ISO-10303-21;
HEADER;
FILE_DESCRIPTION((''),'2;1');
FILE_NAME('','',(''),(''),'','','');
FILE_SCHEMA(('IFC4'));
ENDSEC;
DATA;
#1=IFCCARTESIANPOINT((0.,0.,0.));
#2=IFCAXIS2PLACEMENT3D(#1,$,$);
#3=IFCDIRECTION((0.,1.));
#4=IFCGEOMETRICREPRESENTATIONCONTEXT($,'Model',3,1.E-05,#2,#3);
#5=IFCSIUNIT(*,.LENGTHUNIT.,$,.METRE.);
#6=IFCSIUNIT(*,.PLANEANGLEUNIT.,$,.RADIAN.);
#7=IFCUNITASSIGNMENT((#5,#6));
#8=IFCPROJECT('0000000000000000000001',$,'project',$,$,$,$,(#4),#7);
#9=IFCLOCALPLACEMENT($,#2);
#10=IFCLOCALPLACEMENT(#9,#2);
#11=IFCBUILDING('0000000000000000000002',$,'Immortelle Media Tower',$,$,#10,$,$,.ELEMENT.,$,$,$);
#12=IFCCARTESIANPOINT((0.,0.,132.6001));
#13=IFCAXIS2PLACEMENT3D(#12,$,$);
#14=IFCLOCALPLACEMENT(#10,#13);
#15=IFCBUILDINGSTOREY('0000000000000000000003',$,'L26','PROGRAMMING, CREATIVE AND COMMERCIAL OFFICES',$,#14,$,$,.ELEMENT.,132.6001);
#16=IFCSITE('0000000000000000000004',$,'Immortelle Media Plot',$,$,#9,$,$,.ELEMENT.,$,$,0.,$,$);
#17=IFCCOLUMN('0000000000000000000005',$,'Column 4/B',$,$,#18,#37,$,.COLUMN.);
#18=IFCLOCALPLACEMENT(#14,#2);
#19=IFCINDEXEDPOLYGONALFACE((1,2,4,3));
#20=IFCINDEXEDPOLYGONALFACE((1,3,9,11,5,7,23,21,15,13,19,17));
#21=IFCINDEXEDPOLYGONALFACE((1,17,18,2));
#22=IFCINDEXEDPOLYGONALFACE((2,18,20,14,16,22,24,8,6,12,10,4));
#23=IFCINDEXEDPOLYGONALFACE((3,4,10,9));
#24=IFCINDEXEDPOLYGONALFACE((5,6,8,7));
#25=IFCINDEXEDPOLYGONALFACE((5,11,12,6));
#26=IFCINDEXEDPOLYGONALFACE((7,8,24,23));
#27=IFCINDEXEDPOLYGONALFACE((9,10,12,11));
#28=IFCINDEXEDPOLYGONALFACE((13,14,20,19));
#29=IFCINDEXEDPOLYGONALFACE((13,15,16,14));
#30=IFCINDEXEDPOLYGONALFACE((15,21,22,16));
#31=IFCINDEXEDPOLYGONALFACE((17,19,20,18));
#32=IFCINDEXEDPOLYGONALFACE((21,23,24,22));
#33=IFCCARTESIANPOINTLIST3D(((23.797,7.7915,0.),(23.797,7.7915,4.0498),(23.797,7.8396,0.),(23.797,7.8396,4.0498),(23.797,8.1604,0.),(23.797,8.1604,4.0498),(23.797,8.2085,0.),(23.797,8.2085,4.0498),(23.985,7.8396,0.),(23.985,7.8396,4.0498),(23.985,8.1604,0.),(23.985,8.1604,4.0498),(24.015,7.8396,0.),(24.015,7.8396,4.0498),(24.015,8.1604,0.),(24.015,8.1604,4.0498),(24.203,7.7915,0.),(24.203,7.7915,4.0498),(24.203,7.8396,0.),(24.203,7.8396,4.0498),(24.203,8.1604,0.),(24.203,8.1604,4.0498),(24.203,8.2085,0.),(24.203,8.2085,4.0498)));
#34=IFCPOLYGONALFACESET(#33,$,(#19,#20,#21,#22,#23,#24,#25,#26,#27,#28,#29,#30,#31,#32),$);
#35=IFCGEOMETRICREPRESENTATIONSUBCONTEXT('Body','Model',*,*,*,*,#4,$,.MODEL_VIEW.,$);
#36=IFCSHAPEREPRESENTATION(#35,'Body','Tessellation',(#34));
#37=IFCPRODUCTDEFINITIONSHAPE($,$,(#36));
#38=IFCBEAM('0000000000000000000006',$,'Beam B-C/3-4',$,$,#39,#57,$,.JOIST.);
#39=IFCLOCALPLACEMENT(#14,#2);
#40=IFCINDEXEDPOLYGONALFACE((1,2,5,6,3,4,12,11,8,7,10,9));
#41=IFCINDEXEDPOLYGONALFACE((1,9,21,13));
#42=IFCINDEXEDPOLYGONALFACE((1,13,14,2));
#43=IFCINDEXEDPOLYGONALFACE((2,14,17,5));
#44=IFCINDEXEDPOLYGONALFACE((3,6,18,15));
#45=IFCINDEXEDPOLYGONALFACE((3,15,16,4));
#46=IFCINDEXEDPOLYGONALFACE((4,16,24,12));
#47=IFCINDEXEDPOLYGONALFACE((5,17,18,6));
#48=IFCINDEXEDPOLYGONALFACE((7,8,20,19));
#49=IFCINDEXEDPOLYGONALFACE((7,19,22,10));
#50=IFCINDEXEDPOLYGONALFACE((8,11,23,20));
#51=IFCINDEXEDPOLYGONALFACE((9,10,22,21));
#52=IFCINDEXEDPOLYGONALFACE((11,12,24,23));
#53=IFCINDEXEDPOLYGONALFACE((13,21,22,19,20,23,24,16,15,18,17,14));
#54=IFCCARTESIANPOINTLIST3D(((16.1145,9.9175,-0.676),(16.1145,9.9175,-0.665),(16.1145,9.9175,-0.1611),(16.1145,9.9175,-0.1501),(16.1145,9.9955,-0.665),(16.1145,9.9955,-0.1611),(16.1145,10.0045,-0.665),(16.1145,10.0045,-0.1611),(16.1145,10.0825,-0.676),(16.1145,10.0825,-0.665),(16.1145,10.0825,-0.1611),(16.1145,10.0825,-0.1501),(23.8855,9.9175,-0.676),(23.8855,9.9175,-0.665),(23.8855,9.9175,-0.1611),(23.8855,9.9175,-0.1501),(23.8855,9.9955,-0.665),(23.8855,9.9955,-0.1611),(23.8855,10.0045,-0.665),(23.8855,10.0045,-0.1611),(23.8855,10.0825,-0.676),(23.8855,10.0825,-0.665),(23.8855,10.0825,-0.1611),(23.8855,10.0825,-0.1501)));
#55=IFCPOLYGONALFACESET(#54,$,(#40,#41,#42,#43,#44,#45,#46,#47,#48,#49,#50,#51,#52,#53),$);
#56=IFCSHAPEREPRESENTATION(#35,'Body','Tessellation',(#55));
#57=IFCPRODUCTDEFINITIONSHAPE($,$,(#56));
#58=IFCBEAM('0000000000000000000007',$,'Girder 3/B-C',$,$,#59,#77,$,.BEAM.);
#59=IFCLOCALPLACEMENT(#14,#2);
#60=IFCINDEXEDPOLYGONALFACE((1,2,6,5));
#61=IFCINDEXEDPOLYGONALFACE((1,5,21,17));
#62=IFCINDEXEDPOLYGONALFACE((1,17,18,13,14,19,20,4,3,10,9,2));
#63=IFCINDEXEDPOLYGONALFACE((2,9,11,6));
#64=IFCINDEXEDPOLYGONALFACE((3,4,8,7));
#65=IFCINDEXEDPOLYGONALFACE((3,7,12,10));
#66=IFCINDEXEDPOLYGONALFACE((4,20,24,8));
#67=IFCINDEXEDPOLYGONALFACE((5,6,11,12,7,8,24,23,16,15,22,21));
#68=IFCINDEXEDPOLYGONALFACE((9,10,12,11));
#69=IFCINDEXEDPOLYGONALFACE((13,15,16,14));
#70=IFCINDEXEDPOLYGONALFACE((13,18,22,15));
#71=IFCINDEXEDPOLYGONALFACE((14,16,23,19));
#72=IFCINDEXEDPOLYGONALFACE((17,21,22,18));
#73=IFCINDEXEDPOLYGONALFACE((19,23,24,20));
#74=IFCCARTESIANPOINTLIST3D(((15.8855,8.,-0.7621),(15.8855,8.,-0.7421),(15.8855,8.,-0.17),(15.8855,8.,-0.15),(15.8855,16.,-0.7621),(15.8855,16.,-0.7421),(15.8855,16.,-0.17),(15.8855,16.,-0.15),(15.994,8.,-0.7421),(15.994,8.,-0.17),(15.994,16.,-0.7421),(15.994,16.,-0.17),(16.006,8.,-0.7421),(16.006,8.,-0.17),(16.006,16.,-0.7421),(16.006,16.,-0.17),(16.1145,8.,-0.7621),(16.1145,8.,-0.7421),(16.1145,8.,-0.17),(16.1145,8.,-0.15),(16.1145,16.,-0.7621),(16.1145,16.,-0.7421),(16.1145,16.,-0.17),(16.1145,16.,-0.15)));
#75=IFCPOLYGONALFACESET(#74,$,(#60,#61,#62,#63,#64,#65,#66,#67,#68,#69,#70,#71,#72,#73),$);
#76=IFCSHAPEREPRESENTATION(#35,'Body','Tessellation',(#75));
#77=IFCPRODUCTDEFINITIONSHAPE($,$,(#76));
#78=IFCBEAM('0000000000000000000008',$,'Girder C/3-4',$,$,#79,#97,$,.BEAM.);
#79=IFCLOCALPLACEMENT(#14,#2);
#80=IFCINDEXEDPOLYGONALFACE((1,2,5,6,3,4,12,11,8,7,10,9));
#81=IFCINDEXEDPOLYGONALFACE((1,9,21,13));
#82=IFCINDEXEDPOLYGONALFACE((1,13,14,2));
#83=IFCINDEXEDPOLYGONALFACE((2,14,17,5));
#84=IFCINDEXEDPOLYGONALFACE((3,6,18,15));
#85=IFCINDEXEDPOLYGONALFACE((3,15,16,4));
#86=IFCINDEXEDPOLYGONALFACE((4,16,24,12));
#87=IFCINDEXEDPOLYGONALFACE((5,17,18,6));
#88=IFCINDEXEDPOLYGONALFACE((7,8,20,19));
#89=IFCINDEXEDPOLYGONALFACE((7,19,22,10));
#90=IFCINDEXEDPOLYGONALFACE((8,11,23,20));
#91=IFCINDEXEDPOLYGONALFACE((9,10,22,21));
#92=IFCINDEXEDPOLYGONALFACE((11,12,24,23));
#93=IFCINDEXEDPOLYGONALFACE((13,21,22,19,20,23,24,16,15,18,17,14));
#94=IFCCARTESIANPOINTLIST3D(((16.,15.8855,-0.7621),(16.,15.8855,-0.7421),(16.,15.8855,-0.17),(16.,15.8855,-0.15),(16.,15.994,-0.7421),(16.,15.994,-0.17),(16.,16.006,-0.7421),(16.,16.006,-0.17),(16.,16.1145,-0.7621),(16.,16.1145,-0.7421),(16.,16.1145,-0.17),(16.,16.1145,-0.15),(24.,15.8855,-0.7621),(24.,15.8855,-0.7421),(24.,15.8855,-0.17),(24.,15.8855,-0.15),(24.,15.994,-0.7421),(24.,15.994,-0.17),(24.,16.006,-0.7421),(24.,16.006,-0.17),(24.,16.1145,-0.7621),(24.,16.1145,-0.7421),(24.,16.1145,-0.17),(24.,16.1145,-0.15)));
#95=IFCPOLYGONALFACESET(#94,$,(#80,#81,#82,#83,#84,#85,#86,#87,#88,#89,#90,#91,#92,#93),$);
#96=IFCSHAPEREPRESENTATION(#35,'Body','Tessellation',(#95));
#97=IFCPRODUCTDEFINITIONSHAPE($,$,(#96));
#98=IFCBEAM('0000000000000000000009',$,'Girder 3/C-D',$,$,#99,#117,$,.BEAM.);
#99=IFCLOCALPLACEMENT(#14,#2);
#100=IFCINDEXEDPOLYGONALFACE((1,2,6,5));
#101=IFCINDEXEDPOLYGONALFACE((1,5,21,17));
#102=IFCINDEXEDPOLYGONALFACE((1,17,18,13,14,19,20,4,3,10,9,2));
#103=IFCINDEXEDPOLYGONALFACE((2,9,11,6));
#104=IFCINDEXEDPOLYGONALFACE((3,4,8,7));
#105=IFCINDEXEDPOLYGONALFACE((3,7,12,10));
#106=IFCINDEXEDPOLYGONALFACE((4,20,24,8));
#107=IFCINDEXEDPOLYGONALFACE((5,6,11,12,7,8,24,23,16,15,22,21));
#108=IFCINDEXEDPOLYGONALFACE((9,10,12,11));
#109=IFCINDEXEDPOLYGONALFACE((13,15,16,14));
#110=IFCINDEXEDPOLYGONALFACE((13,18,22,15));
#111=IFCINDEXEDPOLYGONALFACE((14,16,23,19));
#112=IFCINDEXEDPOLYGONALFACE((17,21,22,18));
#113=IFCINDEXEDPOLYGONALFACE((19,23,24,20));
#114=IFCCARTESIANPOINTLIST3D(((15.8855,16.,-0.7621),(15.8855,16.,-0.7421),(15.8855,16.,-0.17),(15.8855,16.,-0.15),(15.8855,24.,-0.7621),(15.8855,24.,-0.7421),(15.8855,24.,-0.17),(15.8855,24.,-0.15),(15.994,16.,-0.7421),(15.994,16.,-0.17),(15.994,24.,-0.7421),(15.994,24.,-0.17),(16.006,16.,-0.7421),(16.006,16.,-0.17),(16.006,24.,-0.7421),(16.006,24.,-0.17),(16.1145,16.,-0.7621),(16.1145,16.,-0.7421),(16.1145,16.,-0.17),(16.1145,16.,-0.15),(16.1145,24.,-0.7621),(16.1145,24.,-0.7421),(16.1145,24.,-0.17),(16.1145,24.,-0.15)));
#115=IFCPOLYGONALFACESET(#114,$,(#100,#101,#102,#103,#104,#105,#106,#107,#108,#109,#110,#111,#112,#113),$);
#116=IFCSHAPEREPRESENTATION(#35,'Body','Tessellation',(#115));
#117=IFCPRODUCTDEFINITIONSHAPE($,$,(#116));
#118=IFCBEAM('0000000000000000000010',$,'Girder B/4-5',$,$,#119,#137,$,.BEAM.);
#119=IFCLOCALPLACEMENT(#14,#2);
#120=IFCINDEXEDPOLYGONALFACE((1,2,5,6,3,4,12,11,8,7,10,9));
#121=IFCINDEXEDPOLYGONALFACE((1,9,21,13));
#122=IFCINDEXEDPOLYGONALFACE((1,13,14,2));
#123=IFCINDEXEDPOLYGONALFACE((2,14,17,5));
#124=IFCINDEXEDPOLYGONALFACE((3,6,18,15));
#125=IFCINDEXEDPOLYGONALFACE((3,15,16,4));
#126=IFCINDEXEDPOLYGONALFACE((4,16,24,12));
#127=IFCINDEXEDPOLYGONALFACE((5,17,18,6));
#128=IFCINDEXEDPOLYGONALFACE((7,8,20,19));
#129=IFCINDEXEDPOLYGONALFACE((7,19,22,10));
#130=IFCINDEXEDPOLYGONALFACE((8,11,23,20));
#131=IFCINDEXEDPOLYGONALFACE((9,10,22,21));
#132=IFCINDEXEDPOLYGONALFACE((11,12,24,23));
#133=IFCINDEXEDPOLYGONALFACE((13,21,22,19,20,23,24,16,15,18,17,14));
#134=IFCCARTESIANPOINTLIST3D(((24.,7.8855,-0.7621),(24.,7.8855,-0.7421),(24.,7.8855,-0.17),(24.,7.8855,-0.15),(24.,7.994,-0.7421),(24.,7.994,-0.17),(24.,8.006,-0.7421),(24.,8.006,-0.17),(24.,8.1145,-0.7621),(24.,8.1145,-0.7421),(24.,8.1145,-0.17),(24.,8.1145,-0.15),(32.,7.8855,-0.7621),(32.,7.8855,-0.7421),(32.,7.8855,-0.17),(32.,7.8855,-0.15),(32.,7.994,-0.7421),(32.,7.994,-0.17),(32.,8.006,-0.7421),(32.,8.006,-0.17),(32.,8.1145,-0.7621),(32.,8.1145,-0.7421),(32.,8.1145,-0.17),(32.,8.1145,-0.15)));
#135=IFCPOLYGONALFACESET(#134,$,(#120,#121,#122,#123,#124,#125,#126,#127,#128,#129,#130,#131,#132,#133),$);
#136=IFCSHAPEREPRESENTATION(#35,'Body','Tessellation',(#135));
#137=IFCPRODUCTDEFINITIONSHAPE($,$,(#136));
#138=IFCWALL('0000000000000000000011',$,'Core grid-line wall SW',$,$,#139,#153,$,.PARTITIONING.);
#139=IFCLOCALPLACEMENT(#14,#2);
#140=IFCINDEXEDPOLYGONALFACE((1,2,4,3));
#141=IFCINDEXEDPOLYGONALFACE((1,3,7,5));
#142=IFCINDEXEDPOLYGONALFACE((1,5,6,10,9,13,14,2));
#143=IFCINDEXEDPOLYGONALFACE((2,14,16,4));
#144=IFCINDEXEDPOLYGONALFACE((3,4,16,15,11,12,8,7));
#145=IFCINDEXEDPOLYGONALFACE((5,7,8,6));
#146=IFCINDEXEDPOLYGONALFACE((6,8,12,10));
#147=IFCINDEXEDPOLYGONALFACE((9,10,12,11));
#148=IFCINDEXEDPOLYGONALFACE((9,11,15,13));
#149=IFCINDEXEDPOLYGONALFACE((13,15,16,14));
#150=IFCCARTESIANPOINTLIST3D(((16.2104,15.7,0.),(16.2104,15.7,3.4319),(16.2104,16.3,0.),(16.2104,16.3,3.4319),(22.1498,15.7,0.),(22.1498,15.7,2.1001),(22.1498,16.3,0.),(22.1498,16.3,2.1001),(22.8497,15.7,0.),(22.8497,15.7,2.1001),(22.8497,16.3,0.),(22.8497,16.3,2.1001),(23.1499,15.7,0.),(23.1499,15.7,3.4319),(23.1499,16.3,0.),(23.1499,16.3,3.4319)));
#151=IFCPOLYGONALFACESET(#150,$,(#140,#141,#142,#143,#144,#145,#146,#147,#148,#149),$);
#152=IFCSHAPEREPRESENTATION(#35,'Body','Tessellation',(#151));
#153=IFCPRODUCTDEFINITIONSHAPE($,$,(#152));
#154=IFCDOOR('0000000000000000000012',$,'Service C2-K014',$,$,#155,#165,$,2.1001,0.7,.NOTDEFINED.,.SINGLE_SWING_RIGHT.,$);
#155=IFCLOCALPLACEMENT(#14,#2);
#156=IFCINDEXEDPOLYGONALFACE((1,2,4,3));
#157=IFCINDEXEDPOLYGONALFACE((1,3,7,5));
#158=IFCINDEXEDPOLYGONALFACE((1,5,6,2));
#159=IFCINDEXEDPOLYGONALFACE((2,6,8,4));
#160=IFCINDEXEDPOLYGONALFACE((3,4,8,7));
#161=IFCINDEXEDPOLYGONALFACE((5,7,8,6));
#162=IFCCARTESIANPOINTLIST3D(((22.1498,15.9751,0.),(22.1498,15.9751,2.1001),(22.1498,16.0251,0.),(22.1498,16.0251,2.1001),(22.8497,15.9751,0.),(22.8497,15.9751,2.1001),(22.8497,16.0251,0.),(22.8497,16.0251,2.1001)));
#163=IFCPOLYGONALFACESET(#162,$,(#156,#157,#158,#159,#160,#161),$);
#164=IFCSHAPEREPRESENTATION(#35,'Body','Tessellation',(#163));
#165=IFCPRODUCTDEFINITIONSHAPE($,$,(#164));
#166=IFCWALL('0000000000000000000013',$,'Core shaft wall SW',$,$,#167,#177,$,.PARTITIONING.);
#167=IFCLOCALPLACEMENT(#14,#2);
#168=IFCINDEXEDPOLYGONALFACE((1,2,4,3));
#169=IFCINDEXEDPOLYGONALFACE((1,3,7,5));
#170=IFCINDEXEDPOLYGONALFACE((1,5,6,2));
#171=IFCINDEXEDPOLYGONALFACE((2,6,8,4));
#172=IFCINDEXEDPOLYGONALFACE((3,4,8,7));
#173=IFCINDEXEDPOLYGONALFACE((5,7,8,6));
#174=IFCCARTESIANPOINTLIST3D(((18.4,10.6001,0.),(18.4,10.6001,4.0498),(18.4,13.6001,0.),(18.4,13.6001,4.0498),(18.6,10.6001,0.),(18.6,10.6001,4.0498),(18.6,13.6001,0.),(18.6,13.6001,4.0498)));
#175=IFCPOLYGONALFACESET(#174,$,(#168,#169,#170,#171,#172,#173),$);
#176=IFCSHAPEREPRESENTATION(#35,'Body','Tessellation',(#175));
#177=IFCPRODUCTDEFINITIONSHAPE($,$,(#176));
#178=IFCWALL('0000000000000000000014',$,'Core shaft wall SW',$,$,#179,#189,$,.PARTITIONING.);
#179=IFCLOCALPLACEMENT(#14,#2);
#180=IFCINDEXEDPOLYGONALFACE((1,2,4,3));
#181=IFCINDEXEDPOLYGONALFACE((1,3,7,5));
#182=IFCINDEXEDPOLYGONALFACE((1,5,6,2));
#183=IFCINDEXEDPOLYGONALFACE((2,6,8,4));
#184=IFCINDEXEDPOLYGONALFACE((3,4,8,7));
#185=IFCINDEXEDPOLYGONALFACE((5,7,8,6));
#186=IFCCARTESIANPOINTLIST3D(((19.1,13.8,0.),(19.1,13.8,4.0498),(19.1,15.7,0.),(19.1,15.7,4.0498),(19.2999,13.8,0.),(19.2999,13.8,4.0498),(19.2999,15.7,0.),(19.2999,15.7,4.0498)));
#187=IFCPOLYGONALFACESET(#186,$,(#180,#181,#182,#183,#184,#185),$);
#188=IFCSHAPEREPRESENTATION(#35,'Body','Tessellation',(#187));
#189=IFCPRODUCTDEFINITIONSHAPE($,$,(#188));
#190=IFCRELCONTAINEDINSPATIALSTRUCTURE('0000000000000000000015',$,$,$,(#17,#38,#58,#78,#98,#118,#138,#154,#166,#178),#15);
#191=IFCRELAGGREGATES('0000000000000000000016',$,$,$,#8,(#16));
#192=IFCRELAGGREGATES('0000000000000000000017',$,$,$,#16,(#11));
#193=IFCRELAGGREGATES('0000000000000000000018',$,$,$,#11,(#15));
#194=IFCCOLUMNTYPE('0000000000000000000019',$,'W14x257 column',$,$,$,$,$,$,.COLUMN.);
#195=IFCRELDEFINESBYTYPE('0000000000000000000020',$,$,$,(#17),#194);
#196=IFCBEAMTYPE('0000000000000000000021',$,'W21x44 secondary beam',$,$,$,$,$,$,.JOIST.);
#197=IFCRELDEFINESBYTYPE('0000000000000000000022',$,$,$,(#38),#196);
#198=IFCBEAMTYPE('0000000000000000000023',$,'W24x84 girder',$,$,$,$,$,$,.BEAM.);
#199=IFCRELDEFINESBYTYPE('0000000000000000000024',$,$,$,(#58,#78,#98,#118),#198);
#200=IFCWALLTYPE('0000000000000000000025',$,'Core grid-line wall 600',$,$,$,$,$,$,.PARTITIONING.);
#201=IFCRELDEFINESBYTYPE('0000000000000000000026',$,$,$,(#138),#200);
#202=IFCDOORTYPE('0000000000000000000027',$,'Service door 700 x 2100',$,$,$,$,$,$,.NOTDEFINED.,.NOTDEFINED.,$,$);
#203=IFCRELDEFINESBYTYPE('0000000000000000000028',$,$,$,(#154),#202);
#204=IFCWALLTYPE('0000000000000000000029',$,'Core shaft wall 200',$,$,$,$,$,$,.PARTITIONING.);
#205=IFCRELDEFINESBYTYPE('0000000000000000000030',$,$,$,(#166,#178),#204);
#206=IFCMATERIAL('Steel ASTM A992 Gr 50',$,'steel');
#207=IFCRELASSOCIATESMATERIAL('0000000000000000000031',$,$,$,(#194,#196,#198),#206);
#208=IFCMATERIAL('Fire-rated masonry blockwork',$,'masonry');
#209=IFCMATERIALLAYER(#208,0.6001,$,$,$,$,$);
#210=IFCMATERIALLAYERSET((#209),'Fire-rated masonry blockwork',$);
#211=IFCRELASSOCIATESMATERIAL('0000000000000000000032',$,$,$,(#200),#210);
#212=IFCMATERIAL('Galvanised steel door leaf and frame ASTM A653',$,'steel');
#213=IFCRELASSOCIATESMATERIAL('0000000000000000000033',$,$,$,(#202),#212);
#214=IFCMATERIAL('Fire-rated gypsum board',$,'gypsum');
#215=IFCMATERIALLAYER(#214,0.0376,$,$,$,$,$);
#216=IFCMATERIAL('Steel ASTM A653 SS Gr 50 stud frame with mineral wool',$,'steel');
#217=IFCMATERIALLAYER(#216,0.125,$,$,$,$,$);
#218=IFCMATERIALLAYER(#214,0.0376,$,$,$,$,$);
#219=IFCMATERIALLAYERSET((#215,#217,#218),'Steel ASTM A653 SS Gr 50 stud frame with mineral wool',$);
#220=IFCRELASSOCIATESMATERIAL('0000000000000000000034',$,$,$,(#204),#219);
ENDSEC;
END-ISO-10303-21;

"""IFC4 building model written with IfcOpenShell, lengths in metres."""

from ifc_helpers import new_model, si_unit, direction, frame, frame_2d, origin, origin_2d, place, context, subcontext, project, spatial, rectangle, i_section, extrude, material, layer, layer_set, material_profile, profile_set, type_object, element, fill, save


model = new_model("IFC4")

# Units and contexts
model_context = context("Model", 3, precision=1e-05, world=origin(), true_north=direction((0.0, 1.0)))
body_context = subcontext(model_context, "Body", "Model", "MODEL_VIEW")
ifc_project = project(units=[si_unit("LENGTHUNIT", "METRE"), si_unit("PLANEANGLEUNIT", "RADIAN")], contexts=[model_context])

# Site, building, storey
site_placement = place(None, origin())
site = spatial("IfcSite", under=ifc_project, at=site_placement, Name="Immortelle Media Plot", CompositionType="ELEMENT", RefElevation=0.0)
building_placement = place(site_placement, origin())
building = spatial("IfcBuilding", under=site, at=building_placement, Name="Immortelle Media Tower", CompositionType="ELEMENT")
storey_placement = place(building_placement, frame((0.0, 0.0, 132.6001)))
storey = spatial("IfcBuildingStorey", under=building, at=storey_placement, Name="L26", Description="PROGRAMMING, CREATIVE AND COMMERCIAL OFFICES", CompositionType="ELEMENT", Elevation=132.6001)

# Column
ifc_material_1 = material(Name="Steel ASTM A992 Gr 50", Category="steel")
ifc_material_profile_1 = material_profile(ifc_material_1, i_section(OverallWidth=0.406, OverallDepth=0.417, WebThickness=0.03, FlangeThickness=0.0481, at=origin_2d()), Name="W14x257")
ifc_profile_set_1 = profile_set([ifc_material_profile_1], Name="Steel ASTM A992 Gr 50")
column_type = type_object("IfcColumnType", Name="W14x257 column", PredefinedType="COLUMN", material=ifc_profile_set_1)
column_placement = place(storey_placement, frame((24.0, 8.0, 0.0), z_axis=(0.0, 0.0, 1.0), x_axis=(1.0, 0.0, 0.0)))
element("IfcColumn", 1, at=column_placement, inside=storey, type_object=column_type, Name="Column 4/B", PredefinedType="COLUMN", context=body_context, shape_type="SweptSolid", body=[
    extrude(i_section(OverallWidth=0.406, OverallDepth=0.417, WebThickness=0.03, FlangeThickness=0.0481, at=origin_2d()), origin(), (0.0, 0.0, 1.0), 4.0498),
])

# Beams
ifc_material_profile_2 = material_profile(ifc_material_1, i_section(OverallWidth=0.165, OverallDepth=0.5259, WebThickness=0.009, FlangeThickness=0.011, at=origin_2d()), Name="W21x44")
ifc_profile_set_2 = profile_set([ifc_material_profile_2], Name="Steel ASTM A992 Gr 50")
beam_type_1 = type_object("IfcBeamType", Name="W21x44 secondary beam", PredefinedType="JOIST", material=ifc_profile_set_2)
beam_placement = place(storey_placement, frame((16.1145, 10.0, -0.4131), z_axis=(1.0, 0.0, 0.0), x_axis=(0.0, 1.0, 0.0)))
element("IfcBeam", 2, at=beam_placement, inside=storey, type_object=beam_type_1, Name="Beam B-C/3-4", PredefinedType="JOIST", context=body_context, shape_type="SweptSolid", body=[
    extrude(i_section(OverallWidth=0.165, OverallDepth=0.5259, WebThickness=0.009, FlangeThickness=0.011, at=origin_2d()), origin(), (0.0, 0.0, 1.0), 7.771),
])
ifc_material_profile_3 = material_profile(ifc_material_1, i_section(OverallWidth=0.229, OverallDepth=0.6121, WebThickness=0.012, FlangeThickness=0.02, at=origin_2d()), Name="W24x84")
ifc_profile_set_3 = profile_set([ifc_material_profile_3], Name="Steel ASTM A992 Gr 50")
beam_type_2 = type_object("IfcBeamType", Name="W24x84 girder", PredefinedType="BEAM", material=ifc_profile_set_3)
for number, where, z_axis, x_axis, name in (
    (3, (16.0, 8.0, -0.4561), (0.0, 1.0, 0.0), (-1.0, 0.0, 0.0), "Girder 3/B-C"),
    (4, (16.0, 16.0, -0.4561), (1.0, 0.0, 0.0), (0.0, 1.0, 0.0), "Girder C/3-4"),
    (5, (16.0, 16.0, -0.4561), (0.0, 1.0, 0.0), (-1.0, 0.0, 0.0), "Girder 3/C-D"),
    (6, (24.0, 8.0, -0.4561), (1.0, 0.0, 0.0), (0.0, 1.0, 0.0), "Girder B/4-5"),
):
    element("IfcBeam", number, at=place(storey_placement, frame(where, z_axis=z_axis, x_axis=x_axis)), inside=storey, type_object=beam_type_2, Name=name, PredefinedType="BEAM", context=body_context, shape_type="SweptSolid", body=[
        extrude(i_section(OverallWidth=0.229, OverallDepth=0.6121, WebThickness=0.012, FlangeThickness=0.02, at=origin_2d()), origin(), (0.0, 0.0, 1.0), 8.0),
    ])

# Wall, opening, door
ifc_material_2 = material(Name="Fire-rated masonry blockwork", Category="masonry")
ifc_layer_1 = layer(ifc_material_2, 0.6001)
ifc_layer_set_1 = layer_set([ifc_layer_1], Name="Fire-rated masonry blockwork")
wall_type_1 = type_object("IfcWallType", Name="Core grid-line wall 600", PredefinedType="PARTITIONING", material=ifc_layer_set_1)
wall_1_placement = place(storey_placement, frame((16.2104, 16.0, 0.0), z_axis=(0.0, 0.0, 1.0), x_axis=(1.0, 0.0, 0.0)))
wall_1 = element("IfcWall", 7, at=wall_1_placement, inside=storey, type_object=wall_type_1, Name="Core grid-line wall SW", PredefinedType="PARTITIONING", context=body_context, shape_type="SweptSolid", body=[
    extrude(rectangle(XDim=6.9395, YDim=0.6001, at=frame_2d((3.4697, 0.0))), origin(), (0.0, 0.0, 1.0), 3.4319),
])
opening_1_placement = place(wall_1_placement, frame((6.6394, 0.0, 0.0), z_axis=(0.0, 0.0, 1.0), x_axis=(-1.0, 0.0, 0.0)))
opening_1 = element("IfcOpeningElement", 8, at=opening_1_placement, cuts=wall_1, PredefinedType="OPENING", context=body_context, shape_type="SweptSolid", body=[
    extrude(rectangle(XDim=0.7, YDim=2.1001, at=frame_2d((0.3501, 1.05))), frame((0.0, 0.3101, 0.0), z_axis=(0.0, -1.0, 0.0), x_axis=(1.0, 0.0, 0.0)), (0.0, 0.0, 1.0), 0.6201),
])
ifc_material_3 = material(Name="Galvanised steel door leaf and frame ASTM A653", Category="steel")
door_type_1 = type_object("IfcDoorType", Name="Service door 700 x 2100", OperationType="NOTDEFINED", PredefinedType="NOTDEFINED", material=ifc_material_3)
door_1_placement = place(opening_1_placement, origin())
door_1 = element("IfcDoor", 9, at=door_1_placement, inside=storey, type_object=door_type_1, Name="Service C2-K014", OperationType="SINGLE_SWING_RIGHT", OverallHeight=2.1001, OverallWidth=0.7, PredefinedType="NOTDEFINED", context=body_context, shape_type="SweptSolid", body=[
    extrude(rectangle(XDim=0.7, YDim=2.1001, at=frame_2d((0.3501, 1.05))), frame((0.0, 0.0249, 0.0), z_axis=(0.0, -1.0, 0.0), x_axis=(1.0, 0.0, 0.0)), (0.0, 0.0, 1.0), 0.05),
])
fill(opening_1, door_1)

# Walls
ifc_material_4 = material(Name="Fire-rated gypsum board", Category="gypsum")
ifc_layer_2 = layer(ifc_material_4, 0.0376)
ifc_material_5 = material(Name="Steel ASTM A653 SS Gr 50 stud frame with mineral wool", Category="steel")
ifc_layer_3 = layer(ifc_material_5, 0.125)
ifc_layer_4 = layer(ifc_material_4, 0.0376)
ifc_layer_set_2 = layer_set([ifc_layer_2, ifc_layer_3, ifc_layer_4], Name="Steel ASTM A653 SS Gr 50 stud frame with mineral wool")
wall_type_2 = type_object("IfcWallType", Name="Core shaft wall 200", PredefinedType="PARTITIONING", material=ifc_layer_set_2)
wall_2_placement = place(storey_placement, frame((18.5, 10.6001, 0.0), z_axis=(0.0, 0.0, 1.0), x_axis=(0.0, 1.0, 0.0)))
element("IfcWall", 10, at=wall_2_placement, inside=storey, type_object=wall_type_2, Name="Core shaft wall SW", PredefinedType="PARTITIONING", context=body_context, shape_type="SweptSolid", body=[
    extrude(rectangle(XDim=3.0, YDim=0.2, at=frame_2d((1.5, 0.0))), origin(), (0.0, 0.0, 1.0), 4.0498),
])
wall_3_placement = place(storey_placement, frame((19.2, 13.8, 0.0), z_axis=(0.0, 0.0, 1.0), x_axis=(0.0, 1.0, 0.0)))
element("IfcWall", 11, at=wall_3_placement, inside=storey, type_object=wall_type_2, Name="Core shaft wall SW", PredefinedType="PARTITIONING", context=body_context, shape_type="SweptSolid", body=[
    extrude(rectangle(XDim=1.8999, YDim=0.2, at=frame_2d((0.95, 0.0))), origin(), (0.0, 0.0, 1.0), 4.0498),
])

save(model, "model.ifc")
